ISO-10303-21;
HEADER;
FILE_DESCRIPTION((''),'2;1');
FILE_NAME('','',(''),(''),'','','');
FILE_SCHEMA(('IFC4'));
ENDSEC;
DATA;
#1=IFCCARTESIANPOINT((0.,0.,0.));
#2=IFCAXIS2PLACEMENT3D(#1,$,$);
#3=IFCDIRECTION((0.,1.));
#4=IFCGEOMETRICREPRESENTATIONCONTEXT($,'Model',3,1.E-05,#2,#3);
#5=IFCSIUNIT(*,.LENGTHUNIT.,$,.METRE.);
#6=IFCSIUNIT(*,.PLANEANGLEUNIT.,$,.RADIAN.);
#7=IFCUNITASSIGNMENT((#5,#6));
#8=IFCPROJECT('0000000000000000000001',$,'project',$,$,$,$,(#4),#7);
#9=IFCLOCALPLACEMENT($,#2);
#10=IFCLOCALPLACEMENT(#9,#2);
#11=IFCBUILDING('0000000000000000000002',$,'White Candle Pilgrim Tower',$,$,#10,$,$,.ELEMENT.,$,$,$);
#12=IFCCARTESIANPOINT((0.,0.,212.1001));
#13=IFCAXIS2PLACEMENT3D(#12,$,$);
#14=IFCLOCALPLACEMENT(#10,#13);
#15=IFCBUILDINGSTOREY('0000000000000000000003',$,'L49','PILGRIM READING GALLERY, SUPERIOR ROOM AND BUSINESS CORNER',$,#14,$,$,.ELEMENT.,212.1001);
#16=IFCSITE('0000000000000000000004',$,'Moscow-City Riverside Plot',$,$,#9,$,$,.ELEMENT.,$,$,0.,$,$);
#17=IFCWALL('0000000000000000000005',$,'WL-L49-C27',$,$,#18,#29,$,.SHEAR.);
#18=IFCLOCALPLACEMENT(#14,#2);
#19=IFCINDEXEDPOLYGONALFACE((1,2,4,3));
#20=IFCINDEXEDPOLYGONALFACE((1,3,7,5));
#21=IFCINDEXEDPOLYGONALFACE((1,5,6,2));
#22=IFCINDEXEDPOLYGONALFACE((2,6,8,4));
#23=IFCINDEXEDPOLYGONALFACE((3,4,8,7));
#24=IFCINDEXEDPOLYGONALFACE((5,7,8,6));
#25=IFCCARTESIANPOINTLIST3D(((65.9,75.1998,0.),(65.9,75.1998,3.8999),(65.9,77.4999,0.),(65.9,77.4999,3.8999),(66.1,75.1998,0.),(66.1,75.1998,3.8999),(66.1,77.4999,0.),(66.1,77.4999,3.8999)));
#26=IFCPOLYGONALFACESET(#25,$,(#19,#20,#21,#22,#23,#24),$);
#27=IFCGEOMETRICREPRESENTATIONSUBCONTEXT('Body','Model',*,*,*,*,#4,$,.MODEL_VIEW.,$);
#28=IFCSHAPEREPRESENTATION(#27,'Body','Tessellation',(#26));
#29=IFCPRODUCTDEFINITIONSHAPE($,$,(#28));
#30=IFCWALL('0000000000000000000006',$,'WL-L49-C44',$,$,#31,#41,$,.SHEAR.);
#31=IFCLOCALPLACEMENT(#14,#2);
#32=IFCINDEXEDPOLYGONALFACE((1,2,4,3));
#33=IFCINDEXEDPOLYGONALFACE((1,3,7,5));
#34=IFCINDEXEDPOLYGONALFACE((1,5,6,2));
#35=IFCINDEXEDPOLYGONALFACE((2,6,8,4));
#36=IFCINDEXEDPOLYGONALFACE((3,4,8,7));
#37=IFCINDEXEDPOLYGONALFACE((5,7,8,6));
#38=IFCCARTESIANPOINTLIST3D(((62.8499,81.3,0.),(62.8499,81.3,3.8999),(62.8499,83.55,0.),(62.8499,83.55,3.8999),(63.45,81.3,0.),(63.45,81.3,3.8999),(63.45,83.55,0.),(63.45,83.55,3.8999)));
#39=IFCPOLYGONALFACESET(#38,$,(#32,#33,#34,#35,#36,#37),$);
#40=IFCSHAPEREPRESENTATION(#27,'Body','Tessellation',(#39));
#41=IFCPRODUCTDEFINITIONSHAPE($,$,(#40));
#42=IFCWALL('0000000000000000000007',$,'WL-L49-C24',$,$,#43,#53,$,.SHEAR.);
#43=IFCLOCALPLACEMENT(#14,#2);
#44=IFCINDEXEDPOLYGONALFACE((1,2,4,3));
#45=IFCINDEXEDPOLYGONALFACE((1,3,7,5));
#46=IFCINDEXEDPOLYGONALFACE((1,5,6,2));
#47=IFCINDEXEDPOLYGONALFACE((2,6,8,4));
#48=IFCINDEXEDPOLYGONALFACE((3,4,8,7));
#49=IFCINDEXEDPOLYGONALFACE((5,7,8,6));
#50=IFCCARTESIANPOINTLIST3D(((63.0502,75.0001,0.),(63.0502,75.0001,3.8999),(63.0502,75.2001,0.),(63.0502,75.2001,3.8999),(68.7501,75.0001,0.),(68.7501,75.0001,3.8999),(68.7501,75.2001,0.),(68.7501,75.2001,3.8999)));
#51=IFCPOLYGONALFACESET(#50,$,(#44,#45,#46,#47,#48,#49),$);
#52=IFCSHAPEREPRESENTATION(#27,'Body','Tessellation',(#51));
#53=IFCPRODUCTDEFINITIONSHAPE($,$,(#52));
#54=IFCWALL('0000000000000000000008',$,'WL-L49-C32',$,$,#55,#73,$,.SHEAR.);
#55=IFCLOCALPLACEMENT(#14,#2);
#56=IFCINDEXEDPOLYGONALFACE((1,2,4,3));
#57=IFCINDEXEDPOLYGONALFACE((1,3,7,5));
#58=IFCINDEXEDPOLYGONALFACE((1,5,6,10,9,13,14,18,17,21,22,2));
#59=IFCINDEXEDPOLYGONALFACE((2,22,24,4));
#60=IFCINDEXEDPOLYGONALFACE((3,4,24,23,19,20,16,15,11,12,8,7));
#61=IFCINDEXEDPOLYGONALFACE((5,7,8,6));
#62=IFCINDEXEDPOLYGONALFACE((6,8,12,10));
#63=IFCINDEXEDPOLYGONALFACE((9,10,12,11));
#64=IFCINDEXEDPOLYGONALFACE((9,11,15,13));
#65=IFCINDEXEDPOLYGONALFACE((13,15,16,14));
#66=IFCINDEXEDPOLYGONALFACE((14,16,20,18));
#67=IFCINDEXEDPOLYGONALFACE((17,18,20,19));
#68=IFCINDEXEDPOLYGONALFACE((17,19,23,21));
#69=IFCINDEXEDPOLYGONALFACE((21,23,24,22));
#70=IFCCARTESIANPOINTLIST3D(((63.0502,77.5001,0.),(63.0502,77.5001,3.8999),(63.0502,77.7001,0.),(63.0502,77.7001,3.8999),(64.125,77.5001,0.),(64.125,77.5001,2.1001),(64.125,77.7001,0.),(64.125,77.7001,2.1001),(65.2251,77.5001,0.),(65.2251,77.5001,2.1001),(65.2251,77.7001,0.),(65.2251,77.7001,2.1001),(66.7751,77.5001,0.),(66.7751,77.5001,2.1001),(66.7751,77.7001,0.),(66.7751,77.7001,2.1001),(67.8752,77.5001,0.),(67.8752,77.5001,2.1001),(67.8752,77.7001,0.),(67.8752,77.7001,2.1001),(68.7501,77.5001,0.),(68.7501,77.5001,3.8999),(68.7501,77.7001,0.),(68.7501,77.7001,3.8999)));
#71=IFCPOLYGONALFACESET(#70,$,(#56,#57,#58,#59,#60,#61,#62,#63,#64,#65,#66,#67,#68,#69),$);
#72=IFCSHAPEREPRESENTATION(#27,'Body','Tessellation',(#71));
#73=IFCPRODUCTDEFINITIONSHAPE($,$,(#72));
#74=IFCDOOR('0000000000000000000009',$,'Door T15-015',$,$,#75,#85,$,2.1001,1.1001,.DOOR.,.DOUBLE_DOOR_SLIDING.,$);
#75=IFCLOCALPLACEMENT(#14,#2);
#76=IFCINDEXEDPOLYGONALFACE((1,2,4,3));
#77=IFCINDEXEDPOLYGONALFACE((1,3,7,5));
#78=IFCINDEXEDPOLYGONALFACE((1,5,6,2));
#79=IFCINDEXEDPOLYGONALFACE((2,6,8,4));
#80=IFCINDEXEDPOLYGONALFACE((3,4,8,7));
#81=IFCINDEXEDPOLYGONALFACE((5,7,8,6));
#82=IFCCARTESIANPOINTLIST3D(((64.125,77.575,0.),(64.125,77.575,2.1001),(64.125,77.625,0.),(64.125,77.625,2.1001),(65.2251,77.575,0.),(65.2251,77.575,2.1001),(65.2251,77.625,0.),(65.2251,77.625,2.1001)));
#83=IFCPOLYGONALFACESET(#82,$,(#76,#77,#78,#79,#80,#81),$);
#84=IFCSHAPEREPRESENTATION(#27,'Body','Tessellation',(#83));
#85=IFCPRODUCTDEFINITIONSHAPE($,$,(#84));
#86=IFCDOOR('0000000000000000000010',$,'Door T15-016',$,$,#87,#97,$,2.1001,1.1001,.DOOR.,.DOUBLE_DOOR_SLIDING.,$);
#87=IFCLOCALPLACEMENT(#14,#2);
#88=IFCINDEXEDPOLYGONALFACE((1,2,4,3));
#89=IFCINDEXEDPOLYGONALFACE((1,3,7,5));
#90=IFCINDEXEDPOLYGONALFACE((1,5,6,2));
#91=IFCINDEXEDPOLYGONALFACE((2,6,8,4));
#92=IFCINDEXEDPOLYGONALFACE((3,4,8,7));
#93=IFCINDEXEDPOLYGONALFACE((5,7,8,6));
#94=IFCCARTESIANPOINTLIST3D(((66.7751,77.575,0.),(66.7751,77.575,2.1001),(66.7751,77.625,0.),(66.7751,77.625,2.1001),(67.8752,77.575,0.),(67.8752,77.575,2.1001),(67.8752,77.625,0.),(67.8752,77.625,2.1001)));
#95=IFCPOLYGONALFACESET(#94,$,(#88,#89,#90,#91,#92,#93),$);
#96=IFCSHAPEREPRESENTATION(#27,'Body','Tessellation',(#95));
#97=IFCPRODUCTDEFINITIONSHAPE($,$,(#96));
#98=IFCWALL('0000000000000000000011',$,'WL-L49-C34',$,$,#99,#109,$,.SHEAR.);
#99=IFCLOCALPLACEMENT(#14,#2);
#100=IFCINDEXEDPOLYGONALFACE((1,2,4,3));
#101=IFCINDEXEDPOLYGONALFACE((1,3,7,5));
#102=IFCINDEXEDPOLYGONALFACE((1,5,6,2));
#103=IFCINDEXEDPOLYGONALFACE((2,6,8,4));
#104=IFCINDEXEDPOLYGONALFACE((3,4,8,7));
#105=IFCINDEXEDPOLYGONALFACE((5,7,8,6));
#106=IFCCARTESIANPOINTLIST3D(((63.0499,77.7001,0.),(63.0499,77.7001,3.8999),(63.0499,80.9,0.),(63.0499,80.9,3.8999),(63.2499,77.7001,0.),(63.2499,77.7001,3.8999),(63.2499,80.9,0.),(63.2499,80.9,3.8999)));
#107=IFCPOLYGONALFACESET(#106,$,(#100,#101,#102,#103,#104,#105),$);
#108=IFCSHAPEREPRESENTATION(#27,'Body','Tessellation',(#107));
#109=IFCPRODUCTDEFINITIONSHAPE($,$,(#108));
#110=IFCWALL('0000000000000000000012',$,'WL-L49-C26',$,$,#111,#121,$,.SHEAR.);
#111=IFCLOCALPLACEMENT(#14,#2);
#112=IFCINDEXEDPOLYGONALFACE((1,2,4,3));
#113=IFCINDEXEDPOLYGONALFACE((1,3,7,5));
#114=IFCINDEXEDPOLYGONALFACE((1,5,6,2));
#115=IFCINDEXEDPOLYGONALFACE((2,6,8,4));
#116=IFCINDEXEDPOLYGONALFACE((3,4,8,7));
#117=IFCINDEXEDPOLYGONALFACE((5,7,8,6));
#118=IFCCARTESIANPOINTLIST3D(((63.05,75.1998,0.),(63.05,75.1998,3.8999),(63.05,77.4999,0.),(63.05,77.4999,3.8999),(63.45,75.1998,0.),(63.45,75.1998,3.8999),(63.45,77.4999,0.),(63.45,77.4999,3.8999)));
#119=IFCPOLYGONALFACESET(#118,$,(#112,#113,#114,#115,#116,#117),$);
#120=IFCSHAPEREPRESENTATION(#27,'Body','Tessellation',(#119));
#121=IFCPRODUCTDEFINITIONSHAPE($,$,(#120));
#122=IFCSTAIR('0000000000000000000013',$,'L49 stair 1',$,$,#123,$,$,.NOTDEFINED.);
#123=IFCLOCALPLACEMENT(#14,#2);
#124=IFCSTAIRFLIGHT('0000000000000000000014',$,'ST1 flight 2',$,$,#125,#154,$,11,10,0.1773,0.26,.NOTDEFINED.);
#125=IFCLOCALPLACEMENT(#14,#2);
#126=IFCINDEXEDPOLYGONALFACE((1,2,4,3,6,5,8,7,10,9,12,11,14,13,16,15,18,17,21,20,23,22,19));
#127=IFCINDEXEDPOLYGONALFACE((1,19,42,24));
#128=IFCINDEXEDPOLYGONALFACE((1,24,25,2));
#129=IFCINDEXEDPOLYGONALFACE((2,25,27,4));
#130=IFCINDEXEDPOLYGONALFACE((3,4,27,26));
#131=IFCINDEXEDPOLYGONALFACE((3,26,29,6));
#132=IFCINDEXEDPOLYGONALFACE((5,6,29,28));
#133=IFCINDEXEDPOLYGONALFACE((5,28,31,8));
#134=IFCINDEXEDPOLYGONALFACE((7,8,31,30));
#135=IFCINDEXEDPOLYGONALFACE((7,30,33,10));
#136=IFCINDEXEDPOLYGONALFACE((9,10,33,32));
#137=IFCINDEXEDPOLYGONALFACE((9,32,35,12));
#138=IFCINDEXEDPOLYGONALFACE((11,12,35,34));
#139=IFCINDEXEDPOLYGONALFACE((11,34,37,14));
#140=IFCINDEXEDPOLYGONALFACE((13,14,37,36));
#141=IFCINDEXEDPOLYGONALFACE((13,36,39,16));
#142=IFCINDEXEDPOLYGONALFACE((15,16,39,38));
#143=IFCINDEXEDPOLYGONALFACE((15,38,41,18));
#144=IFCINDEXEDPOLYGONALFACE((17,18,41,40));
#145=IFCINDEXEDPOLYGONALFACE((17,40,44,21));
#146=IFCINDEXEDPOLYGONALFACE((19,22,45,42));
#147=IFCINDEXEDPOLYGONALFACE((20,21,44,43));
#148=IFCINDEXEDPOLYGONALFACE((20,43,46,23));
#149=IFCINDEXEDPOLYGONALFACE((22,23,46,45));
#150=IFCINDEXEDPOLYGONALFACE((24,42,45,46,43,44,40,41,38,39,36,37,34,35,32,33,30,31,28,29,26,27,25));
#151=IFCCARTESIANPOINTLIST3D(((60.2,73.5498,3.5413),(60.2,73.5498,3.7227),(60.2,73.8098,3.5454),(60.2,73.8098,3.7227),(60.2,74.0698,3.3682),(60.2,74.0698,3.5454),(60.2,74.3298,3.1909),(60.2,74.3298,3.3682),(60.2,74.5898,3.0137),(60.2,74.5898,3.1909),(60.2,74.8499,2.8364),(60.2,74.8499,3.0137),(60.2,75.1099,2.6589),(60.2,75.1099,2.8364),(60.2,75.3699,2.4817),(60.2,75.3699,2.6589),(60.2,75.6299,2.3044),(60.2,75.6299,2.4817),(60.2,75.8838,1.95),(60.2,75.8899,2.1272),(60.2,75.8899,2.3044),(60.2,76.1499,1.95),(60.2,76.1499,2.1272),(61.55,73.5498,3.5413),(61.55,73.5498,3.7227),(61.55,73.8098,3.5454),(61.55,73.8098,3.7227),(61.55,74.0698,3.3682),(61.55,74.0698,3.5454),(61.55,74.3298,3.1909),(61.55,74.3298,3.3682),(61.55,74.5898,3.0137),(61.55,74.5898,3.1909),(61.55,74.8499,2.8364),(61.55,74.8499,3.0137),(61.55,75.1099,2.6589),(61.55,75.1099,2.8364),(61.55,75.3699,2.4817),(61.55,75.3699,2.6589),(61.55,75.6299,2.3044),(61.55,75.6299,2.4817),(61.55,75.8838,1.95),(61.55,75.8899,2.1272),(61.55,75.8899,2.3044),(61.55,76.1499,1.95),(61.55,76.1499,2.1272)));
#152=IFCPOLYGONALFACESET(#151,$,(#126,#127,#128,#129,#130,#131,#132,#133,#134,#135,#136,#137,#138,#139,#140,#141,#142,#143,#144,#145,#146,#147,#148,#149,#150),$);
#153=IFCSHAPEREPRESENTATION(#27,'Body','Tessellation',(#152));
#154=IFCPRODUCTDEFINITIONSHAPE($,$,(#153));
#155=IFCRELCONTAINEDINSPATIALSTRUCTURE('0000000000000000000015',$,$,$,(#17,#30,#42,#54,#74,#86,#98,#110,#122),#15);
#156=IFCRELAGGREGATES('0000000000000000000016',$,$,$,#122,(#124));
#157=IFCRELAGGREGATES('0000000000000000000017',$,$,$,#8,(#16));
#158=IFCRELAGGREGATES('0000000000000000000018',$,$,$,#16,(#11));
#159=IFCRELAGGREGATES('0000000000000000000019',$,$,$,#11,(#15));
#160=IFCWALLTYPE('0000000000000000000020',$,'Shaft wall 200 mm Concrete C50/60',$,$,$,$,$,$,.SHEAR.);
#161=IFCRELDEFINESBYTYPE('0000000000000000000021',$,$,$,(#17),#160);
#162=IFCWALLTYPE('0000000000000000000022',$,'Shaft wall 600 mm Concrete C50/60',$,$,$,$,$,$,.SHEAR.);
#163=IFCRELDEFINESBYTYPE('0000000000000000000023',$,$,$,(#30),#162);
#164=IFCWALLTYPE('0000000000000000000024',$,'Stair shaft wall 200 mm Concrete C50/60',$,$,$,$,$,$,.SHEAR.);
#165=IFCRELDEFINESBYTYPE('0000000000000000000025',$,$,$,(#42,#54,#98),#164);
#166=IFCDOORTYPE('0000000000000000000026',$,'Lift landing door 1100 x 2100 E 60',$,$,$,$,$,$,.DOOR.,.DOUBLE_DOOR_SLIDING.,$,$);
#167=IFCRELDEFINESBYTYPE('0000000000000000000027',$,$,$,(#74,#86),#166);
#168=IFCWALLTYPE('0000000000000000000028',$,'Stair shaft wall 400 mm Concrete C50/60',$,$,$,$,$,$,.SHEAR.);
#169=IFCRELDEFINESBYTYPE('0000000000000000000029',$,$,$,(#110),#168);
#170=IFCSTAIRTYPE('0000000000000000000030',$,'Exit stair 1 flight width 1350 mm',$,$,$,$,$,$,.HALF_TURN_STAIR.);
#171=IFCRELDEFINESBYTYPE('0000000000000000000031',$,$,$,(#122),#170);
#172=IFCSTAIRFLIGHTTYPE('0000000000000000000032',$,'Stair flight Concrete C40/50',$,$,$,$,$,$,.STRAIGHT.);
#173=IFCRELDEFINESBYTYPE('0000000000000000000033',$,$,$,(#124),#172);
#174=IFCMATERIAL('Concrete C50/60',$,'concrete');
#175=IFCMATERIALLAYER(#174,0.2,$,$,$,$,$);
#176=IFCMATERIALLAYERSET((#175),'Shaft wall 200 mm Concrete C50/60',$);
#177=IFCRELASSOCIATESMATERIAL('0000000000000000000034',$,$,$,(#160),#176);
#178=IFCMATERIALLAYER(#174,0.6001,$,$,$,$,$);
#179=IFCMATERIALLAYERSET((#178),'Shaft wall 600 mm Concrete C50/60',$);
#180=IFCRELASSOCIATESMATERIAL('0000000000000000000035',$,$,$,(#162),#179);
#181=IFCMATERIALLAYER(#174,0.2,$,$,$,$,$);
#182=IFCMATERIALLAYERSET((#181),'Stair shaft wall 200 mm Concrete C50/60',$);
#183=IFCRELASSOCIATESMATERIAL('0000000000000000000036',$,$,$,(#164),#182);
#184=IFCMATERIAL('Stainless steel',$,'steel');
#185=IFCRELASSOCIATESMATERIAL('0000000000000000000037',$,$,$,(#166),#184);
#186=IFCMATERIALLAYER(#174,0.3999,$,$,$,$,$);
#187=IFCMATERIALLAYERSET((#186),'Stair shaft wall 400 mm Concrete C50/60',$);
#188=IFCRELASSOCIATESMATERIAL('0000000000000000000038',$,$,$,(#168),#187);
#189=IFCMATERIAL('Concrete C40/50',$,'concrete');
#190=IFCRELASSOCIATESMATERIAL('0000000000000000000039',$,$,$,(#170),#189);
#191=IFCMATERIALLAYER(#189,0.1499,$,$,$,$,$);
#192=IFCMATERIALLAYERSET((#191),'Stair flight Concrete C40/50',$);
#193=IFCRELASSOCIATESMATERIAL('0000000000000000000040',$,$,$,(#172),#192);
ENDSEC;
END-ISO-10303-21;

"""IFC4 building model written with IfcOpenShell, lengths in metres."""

from ifc_helpers import new_model, si_unit, direction, frame, frame_2d, origin, place, context, subcontext, project, spatial, polyline, rectangle, outline, extrude, material, layer, layer_set, type_object, element, fill, aggregate, save


model = new_model("IFC4")

# Units and contexts
model_context = context("Model", 3, precision=1e-05, world=origin(), true_north=direction((0.0, 1.0)))
body_context = subcontext(model_context, "Body", "Model", "MODEL_VIEW")
ifc_project = project(units=[si_unit("LENGTHUNIT", "METRE"), si_unit("PLANEANGLEUNIT", "RADIAN")], contexts=[model_context])

# Site, building, storey
site_placement = place(None, origin())
site = spatial("IfcSite", under=ifc_project, at=site_placement, Name="Moscow-City Riverside Plot", CompositionType="ELEMENT", RefElevation=0.0)
building_placement = place(site_placement, origin())
building = spatial("IfcBuilding", under=site, at=building_placement, Name="White Candle Pilgrim Tower", CompositionType="ELEMENT")
storey_placement = place(building_placement, frame((0.0, 0.0, 212.1001)))
storey = spatial("IfcBuildingStorey", under=building, at=storey_placement, Name="L49", Description="PILGRIM READING GALLERY, SUPERIOR ROOM AND BUSINESS CORNER", CompositionType="ELEMENT", Elevation=212.1001)

# Shared definitions
ifc_material_1 = material(Name="Concrete C50/60", Category="concrete")

# Shared definitions
ifc_material_2 = material(Name="Stainless steel", Category="steel")

# Walls
ifc_layer_1 = layer(ifc_material_1, 0.2)
ifc_layer_set_1 = layer_set([ifc_layer_1], Name="Shaft wall 200 mm Concrete C50/60")
wall_type_1 = type_object("IfcWallType", Name="Shaft wall 200 mm Concrete C50/60", PredefinedType="SHEAR", material=ifc_layer_set_1)
wall_1_placement = place(storey_placement, frame((66.0, 75.2, 0.0), z_axis=(0.0, 0.0, 1.0), x_axis=(0.0, 1.0, 0.0)))
element("IfcWall", 1, at=wall_1_placement, inside=storey, type_object=wall_type_1, Name="WL-L49-C27", PredefinedType="SHEAR", context=body_context, shape_type="SweptSolid", body=[
    extrude(rectangle(XDim=2.3, YDim=0.2, at=frame_2d((1.1499, 0.0))), origin(), (0.0, 0.0, 1.0), 3.8999),
])
ifc_layer_2 = layer(ifc_material_1, 0.6001)
ifc_layer_set_2 = layer_set([ifc_layer_2], Name="Shaft wall 600 mm Concrete C50/60")
wall_type_2 = type_object("IfcWallType", Name="Shaft wall 600 mm Concrete C50/60", PredefinedType="SHEAR", material=ifc_layer_set_2)
wall_2_placement = place(storey_placement, frame((63.1499, 81.3, 0.0), z_axis=(0.0, 0.0, 1.0), x_axis=(0.0, 1.0, 0.0)))
element("IfcWall", 2, at=wall_2_placement, inside=storey, type_object=wall_type_2, Name="WL-L49-C44", PredefinedType="SHEAR", context=body_context, shape_type="SweptSolid", body=[
    extrude(rectangle(XDim=2.25, YDim=0.6001, at=frame_2d((1.125, 0.0))), origin(), (0.0, 0.0, 1.0), 3.8999),
])
ifc_layer_3 = layer(ifc_material_1, 0.2)
ifc_layer_set_3 = layer_set([ifc_layer_3], Name="Stair shaft wall 200 mm Concrete C50/60")
wall_type_3 = type_object("IfcWallType", Name="Stair shaft wall 200 mm Concrete C50/60", PredefinedType="SHEAR", material=ifc_layer_set_3)
wall_3_placement = place(storey_placement, frame((63.05, 75.1001, 0.0), z_axis=(0.0, 0.0, 1.0), x_axis=(1.0, 0.0, 0.0)))
element("IfcWall", 3, at=wall_3_placement, inside=storey, type_object=wall_type_3, Name="WL-L49-C24", PredefinedType="SHEAR", context=body_context, shape_type="SweptSolid", body=[
    extrude(rectangle(XDim=5.7, YDim=0.2, at=frame_2d((2.8501, 0.0))), origin(), (0.0, 0.0, 1.0), 3.8999),
])

# Wall, openings, doors
wall_4_placement = place(storey_placement, frame((63.05, 77.6001, 0.0), z_axis=(0.0, 0.0, 1.0), x_axis=(1.0, 0.0, 0.0)))
wall_4 = element("IfcWall", 4, at=wall_4_placement, inside=storey, type_object=wall_type_3, Name="WL-L49-C32", PredefinedType="SHEAR", context=body_context, shape_type="SweptSolid", body=[
    extrude(rectangle(XDim=5.7, YDim=0.2, at=frame_2d((2.8501, 0.0))), origin(), (0.0, 0.0, 1.0), 3.8999),
])
opening_1_placement = place(wall_4_placement, frame((1.075, 0.0, 0.0)))
opening_1 = element("IfcOpeningElement", 5, at=opening_1_placement, cuts=wall_4, PredefinedType="OPENING", context=body_context, shape_type="SweptSolid", body=[
    extrude(rectangle(XDim=1.1001, YDim=2.1001, at=frame_2d((0.55, 1.05))), frame((0.0, 0.1099, 0.0), z_axis=(0.0, -1.0, 0.0), x_axis=(1.0, 0.0, 0.0)), (0.0, 0.0, 1.0), 0.22),
])
opening_2_placement = place(wall_4_placement, frame((3.7251, 0.0, 0.0)))
opening_2 = element("IfcOpeningElement", 6, at=opening_2_placement, cuts=wall_4, PredefinedType="OPENING", context=body_context, shape_type="SweptSolid", body=[
    extrude(rectangle(XDim=1.1001, YDim=2.1001, at=frame_2d((0.55, 1.05))), frame((0.0, 0.1099, 0.0), z_axis=(0.0, -1.0, 0.0), x_axis=(1.0, 0.0, 0.0)), (0.0, 0.0, 1.0), 0.22),
])
door_type_1 = type_object("IfcDoorType", Name="Lift landing door 1100 x 2100 E 60", OperationType="DOUBLE_DOOR_SLIDING", PredefinedType="DOOR", material=ifc_material_2)
door_1_placement = place(opening_1_placement, origin())
door_1 = element("IfcDoor", 7, at=door_1_placement, inside=storey, type_object=door_type_1, Name="Door T15-015", OperationType="DOUBLE_DOOR_SLIDING", OverallHeight=2.1001, OverallWidth=1.1001, PredefinedType="DOOR", context=body_context, shape_type="SweptSolid", body=[
    extrude(rectangle(XDim=1.1001, YDim=2.1001, at=frame_2d((0.55, 1.05))), frame((0.0, 0.0249, 0.0), z_axis=(0.0, -1.0, 0.0), x_axis=(1.0, 0.0, 0.0)), (0.0, 0.0, 1.0), 0.05),
])
fill(opening_1, door_1)
door_2_placement = place(opening_2_placement, origin())
door_2 = element("IfcDoor", 8, at=door_2_placement, inside=storey, type_object=door_type_1, Name="Door T15-016", OperationType="DOUBLE_DOOR_SLIDING", OverallHeight=2.1001, OverallWidth=1.1001, PredefinedType="DOOR", context=body_context, shape_type="SweptSolid", body=[
    extrude(rectangle(XDim=1.1001, YDim=2.1001, at=frame_2d((0.55, 1.05))), frame((0.0, 0.0249, 0.0), z_axis=(0.0, -1.0, 0.0), x_axis=(1.0, 0.0, 0.0)), (0.0, 0.0, 1.0), 0.05),
])
fill(opening_2, door_2)

# Walls
wall_5_placement = place(storey_placement, frame((63.1499, 77.7, 0.0), z_axis=(0.0, 0.0, 1.0), x_axis=(0.0, 1.0, 0.0)))
element("IfcWall", 9, at=wall_5_placement, inside=storey, type_object=wall_type_3, Name="WL-L49-C34", PredefinedType="SHEAR", context=body_context, shape_type="SweptSolid", body=[
    extrude(rectangle(XDim=3.2, YDim=0.2, at=frame_2d((1.6001, 0.0))), origin(), (0.0, 0.0, 1.0), 3.8999),
])
ifc_layer_4 = layer(ifc_material_1, 0.3999)
ifc_layer_set_4 = layer_set([ifc_layer_4], Name="Stair shaft wall 400 mm Concrete C50/60")
wall_type_4 = type_object("IfcWallType", Name="Stair shaft wall 400 mm Concrete C50/60", PredefinedType="SHEAR", material=ifc_layer_set_4)
wall_6_placement = place(storey_placement, frame((63.25, 75.2, 0.0), z_axis=(0.0, 0.0, 1.0), x_axis=(0.0, 1.0, 0.0)))
element("IfcWall", 10, at=wall_6_placement, inside=storey, type_object=wall_type_4, Name="WL-L49-C26", PredefinedType="SHEAR", context=body_context, shape_type="SweptSolid", body=[
    extrude(rectangle(XDim=2.3, YDim=0.3999, at=frame_2d((1.1499, 0.0))), origin(), (0.0, 0.0, 1.0), 3.8999),
])

# Stair, stair flight
ifc_material_3 = material(Name="Concrete C40/50", Category="concrete")
stair_type = type_object("IfcStairType", Name="Exit stair 1 flight width 1350 mm", PredefinedType="HALF_TURN_STAIR", material=ifc_material_3)
stair_placement = place(storey_placement, origin())
stair = element("IfcStair", 11, at=stair_placement, inside=storey, type_object=stair_type, Name="L49 stair 1", PredefinedType="NOTDEFINED")
ifc_layer_5 = layer(ifc_material_3, 0.1499)
ifc_layer_set_5 = layer_set([ifc_layer_5], Name="Stair flight Concrete C40/50")
stair_flight_type = type_object("IfcStairFlightType", Name="Stair flight Concrete C40/50", PredefinedType="STRAIGHT", material=ifc_layer_set_5)
stair_flight_placement = place(storey_placement, frame((60.875, 76.1499, 1.95), z_axis=(0.0, 0.0, 1.0), x_axis=(0.0, -1.0, 0.0)))
stair_flight = element("IfcStairFlight", 12, at=stair_flight_placement, type_object=stair_flight_type, Name="ST1 flight 2", NumberOfRisers=11, NumberOfTreads=10, PredefinedType="NOTDEFINED", RiserHeight=0.1773, TreadLength=0.26, context=body_context, shape_type="SweptSolid", body=[
    extrude(outline(polyline([(0.0, 0.0), (0.0, 0.1772), (0.26, 0.1772), (0.26, 0.3545), (0.52, 0.3545), (0.52, 0.5317), (0.78, 0.5317), (0.78, 0.709), (1.04, 0.709), (1.04, 0.8865), (1.3, 0.8865), (1.3, 1.0637), (1.5601, 1.0637), (1.5601, 1.241), (1.8201, 1.241), (1.8201, 1.4182), (2.0801, 1.4182), (2.0801, 1.5955), (2.3401, 1.5955), (2.3401, 1.7727), (2.6001, 1.7727), (2.6001, 1.95), (2.6001, 1.5913), (0.2661, 0.0), (0.0, 0.0)])), frame((0.0, 0.675, 0.0), z_axis=(0.0, -1.0, 0.0), x_axis=(1.0, 0.0, 0.0)), (0.0, 0.0, 1.0), 1.3501),
])
aggregate(stair, [stair_flight])

save(model, "model.ifc")
